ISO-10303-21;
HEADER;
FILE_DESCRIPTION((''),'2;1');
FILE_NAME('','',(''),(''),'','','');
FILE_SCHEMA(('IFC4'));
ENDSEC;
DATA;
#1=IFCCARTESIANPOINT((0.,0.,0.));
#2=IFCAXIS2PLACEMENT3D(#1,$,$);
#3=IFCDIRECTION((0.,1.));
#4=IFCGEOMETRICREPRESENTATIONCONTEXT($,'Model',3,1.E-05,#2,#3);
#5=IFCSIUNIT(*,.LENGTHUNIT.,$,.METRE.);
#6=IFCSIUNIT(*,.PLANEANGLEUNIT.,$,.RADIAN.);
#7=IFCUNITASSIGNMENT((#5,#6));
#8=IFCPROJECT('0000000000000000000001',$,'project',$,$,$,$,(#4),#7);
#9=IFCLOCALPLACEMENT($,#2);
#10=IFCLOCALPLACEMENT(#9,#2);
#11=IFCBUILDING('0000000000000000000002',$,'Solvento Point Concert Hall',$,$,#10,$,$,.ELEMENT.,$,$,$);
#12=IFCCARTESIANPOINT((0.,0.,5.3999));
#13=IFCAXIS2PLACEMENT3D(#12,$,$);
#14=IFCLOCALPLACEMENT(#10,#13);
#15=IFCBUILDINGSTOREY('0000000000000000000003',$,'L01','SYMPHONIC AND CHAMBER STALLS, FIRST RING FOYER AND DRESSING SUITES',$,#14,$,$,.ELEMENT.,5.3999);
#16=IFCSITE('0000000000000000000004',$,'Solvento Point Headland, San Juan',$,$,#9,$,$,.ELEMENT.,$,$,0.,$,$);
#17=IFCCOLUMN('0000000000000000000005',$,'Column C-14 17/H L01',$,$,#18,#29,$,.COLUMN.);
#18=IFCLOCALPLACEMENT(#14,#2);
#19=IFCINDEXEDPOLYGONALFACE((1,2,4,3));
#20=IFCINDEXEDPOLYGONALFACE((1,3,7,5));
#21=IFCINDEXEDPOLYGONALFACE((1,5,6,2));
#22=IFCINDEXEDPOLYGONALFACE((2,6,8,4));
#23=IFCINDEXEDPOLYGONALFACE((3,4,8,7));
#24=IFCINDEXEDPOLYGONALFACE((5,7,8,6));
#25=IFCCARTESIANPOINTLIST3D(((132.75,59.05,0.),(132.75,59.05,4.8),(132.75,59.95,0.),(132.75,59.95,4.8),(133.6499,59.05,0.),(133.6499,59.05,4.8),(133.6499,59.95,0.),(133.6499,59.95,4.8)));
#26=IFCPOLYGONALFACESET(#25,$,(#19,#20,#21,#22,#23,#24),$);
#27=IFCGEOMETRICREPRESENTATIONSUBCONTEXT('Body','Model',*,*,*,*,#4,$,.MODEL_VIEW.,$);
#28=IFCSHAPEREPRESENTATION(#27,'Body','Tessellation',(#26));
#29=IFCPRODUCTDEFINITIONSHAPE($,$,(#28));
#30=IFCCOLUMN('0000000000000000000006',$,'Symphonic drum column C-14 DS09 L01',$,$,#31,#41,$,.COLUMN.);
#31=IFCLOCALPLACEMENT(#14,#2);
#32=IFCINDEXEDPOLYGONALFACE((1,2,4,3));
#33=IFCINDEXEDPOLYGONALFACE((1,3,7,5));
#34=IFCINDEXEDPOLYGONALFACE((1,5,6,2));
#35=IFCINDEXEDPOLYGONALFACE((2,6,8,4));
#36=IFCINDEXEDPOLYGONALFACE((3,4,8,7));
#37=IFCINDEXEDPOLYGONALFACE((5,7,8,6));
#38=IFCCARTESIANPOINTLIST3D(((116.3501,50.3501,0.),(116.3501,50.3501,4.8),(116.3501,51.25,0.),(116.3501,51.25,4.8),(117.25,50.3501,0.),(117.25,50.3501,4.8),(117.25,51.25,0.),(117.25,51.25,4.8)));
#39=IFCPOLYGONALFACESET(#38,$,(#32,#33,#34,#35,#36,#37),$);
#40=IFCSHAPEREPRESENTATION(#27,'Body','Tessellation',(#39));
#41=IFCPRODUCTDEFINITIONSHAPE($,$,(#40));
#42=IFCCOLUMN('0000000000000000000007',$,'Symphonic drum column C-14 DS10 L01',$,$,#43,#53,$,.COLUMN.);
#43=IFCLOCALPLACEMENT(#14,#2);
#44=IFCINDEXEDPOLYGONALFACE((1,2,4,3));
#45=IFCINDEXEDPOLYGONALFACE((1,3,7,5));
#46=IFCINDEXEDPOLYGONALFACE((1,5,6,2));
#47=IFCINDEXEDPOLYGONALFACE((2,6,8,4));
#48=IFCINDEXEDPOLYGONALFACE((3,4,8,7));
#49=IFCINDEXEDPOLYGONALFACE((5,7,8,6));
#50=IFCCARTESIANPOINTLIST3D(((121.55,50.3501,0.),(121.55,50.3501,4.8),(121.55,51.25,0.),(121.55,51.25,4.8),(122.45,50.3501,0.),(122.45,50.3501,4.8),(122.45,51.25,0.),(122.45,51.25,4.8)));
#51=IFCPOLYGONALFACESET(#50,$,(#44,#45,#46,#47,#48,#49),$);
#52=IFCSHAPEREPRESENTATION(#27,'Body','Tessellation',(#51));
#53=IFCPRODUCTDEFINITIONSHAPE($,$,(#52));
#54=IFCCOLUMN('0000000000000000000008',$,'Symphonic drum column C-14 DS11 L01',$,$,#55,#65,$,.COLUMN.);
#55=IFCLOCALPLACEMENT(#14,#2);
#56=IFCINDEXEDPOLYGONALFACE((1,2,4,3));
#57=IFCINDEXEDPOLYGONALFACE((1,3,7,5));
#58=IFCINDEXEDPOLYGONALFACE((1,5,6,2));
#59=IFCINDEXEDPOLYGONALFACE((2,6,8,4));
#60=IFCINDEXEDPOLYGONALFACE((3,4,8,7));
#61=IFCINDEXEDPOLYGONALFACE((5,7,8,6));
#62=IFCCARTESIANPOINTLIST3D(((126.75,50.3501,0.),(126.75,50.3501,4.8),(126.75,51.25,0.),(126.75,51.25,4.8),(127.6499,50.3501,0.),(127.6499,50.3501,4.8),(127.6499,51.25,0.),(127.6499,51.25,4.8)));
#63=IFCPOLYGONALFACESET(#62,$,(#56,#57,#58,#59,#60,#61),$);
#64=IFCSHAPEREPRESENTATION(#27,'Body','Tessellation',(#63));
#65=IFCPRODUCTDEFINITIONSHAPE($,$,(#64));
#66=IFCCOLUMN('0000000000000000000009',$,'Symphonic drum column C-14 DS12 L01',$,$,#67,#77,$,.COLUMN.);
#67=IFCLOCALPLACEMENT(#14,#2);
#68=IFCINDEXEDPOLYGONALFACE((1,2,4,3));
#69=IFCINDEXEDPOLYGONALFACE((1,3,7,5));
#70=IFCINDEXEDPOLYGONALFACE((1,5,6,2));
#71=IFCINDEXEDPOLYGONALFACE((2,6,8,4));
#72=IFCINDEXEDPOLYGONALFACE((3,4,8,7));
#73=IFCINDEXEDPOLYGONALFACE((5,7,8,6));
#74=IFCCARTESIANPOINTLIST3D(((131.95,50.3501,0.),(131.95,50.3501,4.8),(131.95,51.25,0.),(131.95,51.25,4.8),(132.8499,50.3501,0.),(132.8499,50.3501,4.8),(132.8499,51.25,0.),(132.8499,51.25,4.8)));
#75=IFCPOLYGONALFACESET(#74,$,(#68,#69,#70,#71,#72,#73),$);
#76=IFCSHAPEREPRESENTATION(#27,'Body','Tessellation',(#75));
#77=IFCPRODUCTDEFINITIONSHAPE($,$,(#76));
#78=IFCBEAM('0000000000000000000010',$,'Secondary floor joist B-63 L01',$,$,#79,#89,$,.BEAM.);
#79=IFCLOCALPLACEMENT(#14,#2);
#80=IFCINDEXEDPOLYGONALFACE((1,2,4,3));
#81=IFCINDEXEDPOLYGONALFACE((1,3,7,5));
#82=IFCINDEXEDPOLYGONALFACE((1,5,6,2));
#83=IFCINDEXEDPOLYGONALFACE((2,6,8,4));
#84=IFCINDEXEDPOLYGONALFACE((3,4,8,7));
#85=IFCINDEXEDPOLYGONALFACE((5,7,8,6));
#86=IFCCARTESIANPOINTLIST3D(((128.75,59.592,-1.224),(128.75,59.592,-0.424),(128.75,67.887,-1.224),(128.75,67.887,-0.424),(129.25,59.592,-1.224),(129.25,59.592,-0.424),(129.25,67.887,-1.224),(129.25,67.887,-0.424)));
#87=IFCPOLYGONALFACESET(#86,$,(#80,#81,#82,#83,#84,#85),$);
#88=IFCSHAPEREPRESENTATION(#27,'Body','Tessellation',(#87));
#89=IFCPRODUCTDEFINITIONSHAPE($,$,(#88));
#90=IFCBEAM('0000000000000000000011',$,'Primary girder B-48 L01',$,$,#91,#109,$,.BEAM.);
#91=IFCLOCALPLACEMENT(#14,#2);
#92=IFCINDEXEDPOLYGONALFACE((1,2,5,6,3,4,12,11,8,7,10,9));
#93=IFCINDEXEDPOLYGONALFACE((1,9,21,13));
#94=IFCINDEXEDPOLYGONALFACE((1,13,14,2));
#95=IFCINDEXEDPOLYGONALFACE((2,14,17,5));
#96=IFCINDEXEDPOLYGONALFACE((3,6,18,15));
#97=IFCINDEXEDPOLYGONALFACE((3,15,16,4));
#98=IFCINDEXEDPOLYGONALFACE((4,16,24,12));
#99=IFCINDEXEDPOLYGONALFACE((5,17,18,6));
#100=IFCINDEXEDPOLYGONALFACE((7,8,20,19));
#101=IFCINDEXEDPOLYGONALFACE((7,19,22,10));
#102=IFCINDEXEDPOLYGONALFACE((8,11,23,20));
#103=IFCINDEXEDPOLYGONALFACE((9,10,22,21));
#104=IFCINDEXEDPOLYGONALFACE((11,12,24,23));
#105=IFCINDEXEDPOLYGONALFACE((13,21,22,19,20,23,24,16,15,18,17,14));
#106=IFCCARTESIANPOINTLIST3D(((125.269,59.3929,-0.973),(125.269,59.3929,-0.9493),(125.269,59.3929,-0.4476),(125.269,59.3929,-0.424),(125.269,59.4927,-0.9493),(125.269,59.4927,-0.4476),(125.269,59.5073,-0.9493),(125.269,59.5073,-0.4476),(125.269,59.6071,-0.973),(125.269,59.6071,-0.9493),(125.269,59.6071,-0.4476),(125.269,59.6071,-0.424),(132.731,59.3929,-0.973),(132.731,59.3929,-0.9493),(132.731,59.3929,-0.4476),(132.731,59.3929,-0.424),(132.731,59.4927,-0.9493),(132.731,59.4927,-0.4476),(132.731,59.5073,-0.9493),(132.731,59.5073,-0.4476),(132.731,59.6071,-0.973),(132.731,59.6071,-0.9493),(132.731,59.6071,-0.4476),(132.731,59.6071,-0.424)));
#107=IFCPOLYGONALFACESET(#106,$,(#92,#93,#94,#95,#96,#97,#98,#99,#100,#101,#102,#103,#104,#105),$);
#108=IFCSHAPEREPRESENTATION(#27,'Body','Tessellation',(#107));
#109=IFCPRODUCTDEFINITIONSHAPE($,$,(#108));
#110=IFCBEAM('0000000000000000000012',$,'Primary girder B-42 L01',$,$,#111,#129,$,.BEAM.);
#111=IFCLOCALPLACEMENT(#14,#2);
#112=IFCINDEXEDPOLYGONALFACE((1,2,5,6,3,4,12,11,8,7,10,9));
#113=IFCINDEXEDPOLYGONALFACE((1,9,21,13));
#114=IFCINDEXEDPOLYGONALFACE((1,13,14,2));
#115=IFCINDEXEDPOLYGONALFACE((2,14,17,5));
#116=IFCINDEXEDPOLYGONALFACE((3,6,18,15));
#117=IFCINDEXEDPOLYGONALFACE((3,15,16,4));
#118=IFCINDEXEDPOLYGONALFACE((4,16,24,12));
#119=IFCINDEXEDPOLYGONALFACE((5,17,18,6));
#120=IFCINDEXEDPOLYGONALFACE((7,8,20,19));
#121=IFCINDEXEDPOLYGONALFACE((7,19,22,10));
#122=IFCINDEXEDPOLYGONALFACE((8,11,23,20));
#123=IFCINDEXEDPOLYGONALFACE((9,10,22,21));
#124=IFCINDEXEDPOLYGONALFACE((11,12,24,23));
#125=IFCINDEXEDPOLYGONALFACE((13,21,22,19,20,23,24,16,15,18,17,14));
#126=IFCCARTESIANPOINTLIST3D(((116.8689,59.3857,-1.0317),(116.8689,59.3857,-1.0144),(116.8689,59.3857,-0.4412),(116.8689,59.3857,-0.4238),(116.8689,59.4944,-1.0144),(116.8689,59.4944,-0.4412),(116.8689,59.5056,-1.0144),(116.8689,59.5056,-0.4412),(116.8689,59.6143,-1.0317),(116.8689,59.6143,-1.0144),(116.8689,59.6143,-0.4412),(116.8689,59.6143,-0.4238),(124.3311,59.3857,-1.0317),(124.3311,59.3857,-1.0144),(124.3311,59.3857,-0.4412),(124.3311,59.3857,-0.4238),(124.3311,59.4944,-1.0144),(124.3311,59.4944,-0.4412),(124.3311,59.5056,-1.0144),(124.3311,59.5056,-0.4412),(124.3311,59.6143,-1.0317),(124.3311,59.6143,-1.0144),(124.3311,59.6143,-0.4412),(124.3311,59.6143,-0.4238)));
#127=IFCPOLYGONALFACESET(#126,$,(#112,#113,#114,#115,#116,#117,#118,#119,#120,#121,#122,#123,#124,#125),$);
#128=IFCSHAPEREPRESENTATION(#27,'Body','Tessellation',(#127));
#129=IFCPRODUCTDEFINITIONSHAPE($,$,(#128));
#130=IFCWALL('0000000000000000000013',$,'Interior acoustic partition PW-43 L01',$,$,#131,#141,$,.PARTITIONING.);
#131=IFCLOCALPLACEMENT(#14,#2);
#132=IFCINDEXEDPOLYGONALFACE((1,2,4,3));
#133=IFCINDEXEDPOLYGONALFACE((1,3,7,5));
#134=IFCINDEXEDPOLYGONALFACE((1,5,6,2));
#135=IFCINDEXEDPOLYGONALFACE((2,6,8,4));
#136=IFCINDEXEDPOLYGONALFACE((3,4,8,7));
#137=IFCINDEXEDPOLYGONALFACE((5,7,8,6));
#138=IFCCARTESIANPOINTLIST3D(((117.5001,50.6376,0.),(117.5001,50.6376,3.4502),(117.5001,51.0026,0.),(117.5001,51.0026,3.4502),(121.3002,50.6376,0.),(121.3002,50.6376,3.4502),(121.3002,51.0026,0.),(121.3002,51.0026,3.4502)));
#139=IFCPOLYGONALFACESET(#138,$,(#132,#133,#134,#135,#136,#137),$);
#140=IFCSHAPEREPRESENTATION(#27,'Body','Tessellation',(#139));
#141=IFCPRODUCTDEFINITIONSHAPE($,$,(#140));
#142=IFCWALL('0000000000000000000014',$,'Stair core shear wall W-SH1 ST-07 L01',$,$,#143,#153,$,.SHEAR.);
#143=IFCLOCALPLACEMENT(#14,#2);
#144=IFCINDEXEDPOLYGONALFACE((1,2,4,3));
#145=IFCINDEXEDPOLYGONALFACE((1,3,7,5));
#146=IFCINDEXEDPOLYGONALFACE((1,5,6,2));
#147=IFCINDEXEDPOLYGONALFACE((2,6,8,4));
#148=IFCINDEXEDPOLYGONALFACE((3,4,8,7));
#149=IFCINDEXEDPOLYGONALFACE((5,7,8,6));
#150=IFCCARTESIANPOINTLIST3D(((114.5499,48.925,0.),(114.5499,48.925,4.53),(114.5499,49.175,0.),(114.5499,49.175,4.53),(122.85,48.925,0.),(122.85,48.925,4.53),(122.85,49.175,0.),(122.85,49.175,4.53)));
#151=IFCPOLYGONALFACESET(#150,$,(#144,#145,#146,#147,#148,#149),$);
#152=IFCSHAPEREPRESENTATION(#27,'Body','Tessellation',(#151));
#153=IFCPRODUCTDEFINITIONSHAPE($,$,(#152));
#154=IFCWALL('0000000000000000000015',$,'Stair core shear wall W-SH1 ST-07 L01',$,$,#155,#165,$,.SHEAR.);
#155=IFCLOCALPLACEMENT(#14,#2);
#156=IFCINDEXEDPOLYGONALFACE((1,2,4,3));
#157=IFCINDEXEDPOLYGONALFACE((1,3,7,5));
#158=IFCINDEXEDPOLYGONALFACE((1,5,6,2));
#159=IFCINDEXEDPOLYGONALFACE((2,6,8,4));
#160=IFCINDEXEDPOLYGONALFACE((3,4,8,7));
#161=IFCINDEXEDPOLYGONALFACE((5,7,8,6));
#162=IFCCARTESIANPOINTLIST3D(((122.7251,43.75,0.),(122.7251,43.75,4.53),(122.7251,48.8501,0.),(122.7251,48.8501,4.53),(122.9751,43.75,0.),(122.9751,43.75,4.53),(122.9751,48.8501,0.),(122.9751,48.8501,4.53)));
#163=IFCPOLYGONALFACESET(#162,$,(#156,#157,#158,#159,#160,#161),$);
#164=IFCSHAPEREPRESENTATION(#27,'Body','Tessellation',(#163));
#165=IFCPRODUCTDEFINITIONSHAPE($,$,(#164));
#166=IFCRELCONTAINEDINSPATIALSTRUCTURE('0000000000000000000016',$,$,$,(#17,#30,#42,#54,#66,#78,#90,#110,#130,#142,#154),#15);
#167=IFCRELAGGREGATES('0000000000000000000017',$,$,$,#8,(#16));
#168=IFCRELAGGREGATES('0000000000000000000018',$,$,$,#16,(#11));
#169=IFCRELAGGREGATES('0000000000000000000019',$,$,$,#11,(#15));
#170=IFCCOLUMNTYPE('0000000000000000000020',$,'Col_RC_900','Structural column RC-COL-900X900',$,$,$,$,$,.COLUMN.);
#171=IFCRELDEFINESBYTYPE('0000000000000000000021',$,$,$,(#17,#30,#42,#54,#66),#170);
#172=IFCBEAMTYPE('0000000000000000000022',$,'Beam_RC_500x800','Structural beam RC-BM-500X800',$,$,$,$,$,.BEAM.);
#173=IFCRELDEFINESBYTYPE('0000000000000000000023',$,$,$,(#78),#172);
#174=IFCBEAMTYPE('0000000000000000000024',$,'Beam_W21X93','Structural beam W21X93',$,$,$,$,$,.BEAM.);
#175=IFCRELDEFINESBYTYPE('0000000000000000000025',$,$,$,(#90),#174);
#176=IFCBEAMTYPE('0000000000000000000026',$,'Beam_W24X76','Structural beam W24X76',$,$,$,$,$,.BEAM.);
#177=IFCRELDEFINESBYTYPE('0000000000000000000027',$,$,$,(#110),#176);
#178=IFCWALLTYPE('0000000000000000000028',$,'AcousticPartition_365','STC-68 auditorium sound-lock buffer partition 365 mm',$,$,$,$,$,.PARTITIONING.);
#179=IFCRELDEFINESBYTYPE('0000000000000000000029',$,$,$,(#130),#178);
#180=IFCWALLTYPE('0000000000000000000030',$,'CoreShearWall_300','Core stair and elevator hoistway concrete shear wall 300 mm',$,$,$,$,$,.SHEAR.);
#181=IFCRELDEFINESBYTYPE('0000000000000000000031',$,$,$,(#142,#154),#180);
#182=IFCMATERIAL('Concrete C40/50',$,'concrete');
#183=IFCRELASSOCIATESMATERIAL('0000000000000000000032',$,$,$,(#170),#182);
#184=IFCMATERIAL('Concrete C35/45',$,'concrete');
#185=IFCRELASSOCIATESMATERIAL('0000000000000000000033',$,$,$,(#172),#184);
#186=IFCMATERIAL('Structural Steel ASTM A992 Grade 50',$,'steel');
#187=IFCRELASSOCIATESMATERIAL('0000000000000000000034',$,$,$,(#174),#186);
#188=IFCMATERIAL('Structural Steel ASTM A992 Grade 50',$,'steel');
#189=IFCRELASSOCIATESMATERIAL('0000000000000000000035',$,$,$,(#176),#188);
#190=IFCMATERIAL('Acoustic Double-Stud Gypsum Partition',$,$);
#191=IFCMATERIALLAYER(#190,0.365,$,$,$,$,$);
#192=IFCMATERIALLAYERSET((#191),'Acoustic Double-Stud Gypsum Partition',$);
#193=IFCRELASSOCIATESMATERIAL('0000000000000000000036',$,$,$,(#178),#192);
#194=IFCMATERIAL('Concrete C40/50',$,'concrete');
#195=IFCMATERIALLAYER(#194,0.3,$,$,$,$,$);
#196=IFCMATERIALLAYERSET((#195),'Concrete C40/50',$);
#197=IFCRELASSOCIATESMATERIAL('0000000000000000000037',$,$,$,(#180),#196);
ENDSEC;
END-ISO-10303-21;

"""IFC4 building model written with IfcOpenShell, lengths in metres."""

from ifc_helpers import new_model, si_unit, direction, frame, frame_2d, origin, origin_2d, place, context, subcontext, project, spatial, rectangle, i_section, extrude, material, layer, layer_set, material_profile, profile_set, type_object, element, save


model = new_model("IFC4")

# Units and contexts
model_context = context("Model", 3, precision=1e-05, world=origin(), true_north=direction((0.0, 1.0)))
body_context = subcontext(model_context, "Body", "Model", "MODEL_VIEW")
ifc_project = project(units=[si_unit("LENGTHUNIT", "METRE"), si_unit("PLANEANGLEUNIT", "RADIAN")], contexts=[model_context])

# Site, building, storey
site_placement = place(None, origin())
site = spatial("IfcSite", under=ifc_project, at=site_placement, Name="Solvento Point Headland, San Juan", CompositionType="ELEMENT", RefElevation=0.0)
building_placement = place(site_placement, origin())
building = spatial("IfcBuilding", under=site, at=building_placement, Name="Solvento Point Concert Hall", CompositionType="ELEMENT")
storey_placement = place(building_placement, frame((0.0, 0.0, 5.3999)))
storey = spatial("IfcBuildingStorey", under=building, at=storey_placement, Name="L01", Description="SYMPHONIC AND CHAMBER STALLS, FIRST RING FOYER AND DRESSING SUITES", CompositionType="ELEMENT", Elevation=5.3999)

# Columns
ifc_material_1 = material(Name="Concrete C40/50", Category="concrete")
ifc_material_profile_1 = material_profile(ifc_material_1, rectangle(XDim=0.8999, YDim=0.8999, at=origin_2d()), Name="RC-COL-900X900")
ifc_profile_set_1 = profile_set([ifc_material_profile_1], Name="Concrete C40/50")
column_type = type_object("IfcColumnType", Name="Col_RC_900", Description="Structural column RC-COL-900X900", PredefinedType="COLUMN", material=ifc_profile_set_1)
for number, where, z_axis, x_axis, name in (
    (1, (133.2, 59.5, 0.0), (0.0, 0.0, 1.0), (1.0, 0.0, 0.0), "Column C-14 17/H L01"),
    (2, (116.8, 50.8, 0.0), (0.0, 0.0, 1.0), (1.0, 0.0, 0.0), "Symphonic drum column C-14 DS09 L01"),
    (3, (122.0, 50.8, 0.0), (0.0, 0.0, 1.0), (1.0, 0.0, 0.0), "Symphonic drum column C-14 DS10 L01"),
    (4, (127.2, 50.8, 0.0), (0.0, 0.0, 1.0), (1.0, 0.0, 0.0), "Symphonic drum column C-14 DS11 L01"),
    (5, (132.3999, 50.8, 0.0), (0.0, 0.0, 1.0), (1.0, 0.0, 0.0), "Symphonic drum column C-14 DS12 L01"),
):
    element("IfcColumn", number, at=place(storey_placement, frame(where, z_axis=z_axis, x_axis=x_axis)), inside=storey, type_object=column_type, Name=name, PredefinedType="COLUMN", context=body_context, shape_type="SweptSolid", body=[
        extrude(rectangle(XDim=0.8999, YDim=0.8999, at=origin_2d()), origin(), (0.0, 0.0, 1.0), 4.8),
    ])

# Beams
ifc_material_2 = material(Name="Concrete C35/45", Category="concrete")
ifc_material_profile_2 = material_profile(ifc_material_2, rectangle(XDim=0.5, YDim=0.8, at=origin_2d()), Name="RC-BM-500X800")
ifc_profile_set_2 = profile_set([ifc_material_profile_2], Name="Concrete C35/45")
beam_type_1 = type_object("IfcBeamType", Name="Beam_RC_500x800", Description="Structural beam RC-BM-500X800", PredefinedType="BEAM", material=ifc_profile_set_2)
beam_1_placement = place(storey_placement, frame((129.0, 59.592, -0.824), z_axis=(0.0, 1.0, 0.0), x_axis=(-1.0, 0.0, 0.0)))
element("IfcBeam", 6, at=beam_1_placement, inside=storey, type_object=beam_type_1, Name="Secondary floor joist B-63 L01", PredefinedType="BEAM", context=body_context, shape_type="SweptSolid", body=[
    extrude(rectangle(XDim=0.5, YDim=0.8, at=origin_2d()), origin(), (0.0, 0.0, 1.0), 8.2949),
])
ifc_material_3 = material(Name="Structural Steel ASTM A992 Grade 50", Category="steel")
ifc_material_profile_3 = material_profile(ifc_material_3, i_section(OverallWidth=0.2141, OverallDepth=0.5491, WebThickness=0.0146, FlangeThickness=0.0237, at=origin_2d()), Name="W21X93")
ifc_profile_set_3 = profile_set([ifc_material_profile_3], Name="Structural Steel ASTM A992 Grade 50")
beam_type_2 = type_object("IfcBeamType", Name="Beam_W21X93", Description="Structural beam W21X93", PredefinedType="BEAM", material=ifc_profile_set_3)
beam_2_placement = place(storey_placement, frame((125.269, 59.5, -0.6985), z_axis=(1.0, 0.0, 0.0), x_axis=(0.0, 1.0, 0.0)))
element("IfcBeam", 7, at=beam_2_placement, inside=storey, type_object=beam_type_2, Name="Primary girder B-48 L01", PredefinedType="BEAM", context=body_context, shape_type="SweptSolid", body=[
    extrude(i_section(OverallWidth=0.2141, OverallDepth=0.5491, WebThickness=0.0146, FlangeThickness=0.0237, at=origin_2d()), origin(), (0.0, 0.0, 1.0), 7.4619),
])
ifc_material_4 = material(Name="Structural Steel ASTM A992 Grade 50", Category="steel")
ifc_material_profile_4 = material_profile(ifc_material_4, i_section(OverallWidth=0.2285, OverallDepth=0.6079, WebThickness=0.0112, FlangeThickness=0.0173, at=origin_2d()), Name="W24X76")
ifc_profile_set_4 = profile_set([ifc_material_profile_4], Name="Structural Steel ASTM A992 Grade 50")
beam_type_3 = type_object("IfcBeamType", Name="Beam_W24X76", Description="Structural beam W24X76", PredefinedType="BEAM", material=ifc_profile_set_4)
beam_3_placement = place(storey_placement, frame((116.8689, 59.5, -0.7278), z_axis=(1.0, 0.0, 0.0), x_axis=(0.0, 1.0, 0.0)))
element("IfcBeam", 8, at=beam_3_placement, inside=storey, type_object=beam_type_3, Name="Primary girder B-42 L01", PredefinedType="BEAM", context=body_context, shape_type="SweptSolid", body=[
    extrude(i_section(OverallWidth=0.2285, OverallDepth=0.6079, WebThickness=0.0112, FlangeThickness=0.0173, at=origin_2d()), origin(), (0.0, 0.0, 1.0), 7.4622),
])

# Walls
ifc_material_5 = material(Name="Acoustic Double-Stud Gypsum Partition")
ifc_layer_1 = layer(ifc_material_5, 0.365)
ifc_layer_set_1 = layer_set([ifc_layer_1], Name="Acoustic Double-Stud Gypsum Partition")
wall_type_1 = type_object("IfcWallType", Name="AcousticPartition_365", Description="STC-68 auditorium sound-lock buffer partition 365 mm", PredefinedType="PARTITIONING", material=ifc_layer_set_1)
wall_1_placement = place(storey_placement, frame((121.3, 50.8201, 0.0), z_axis=(0.0, 0.0, 1.0), x_axis=(-1.0, 0.0, 0.0)))
element("IfcWall", 9, at=wall_1_placement, inside=storey, type_object=wall_type_1, Name="Interior acoustic partition PW-43 L01", PredefinedType="PARTITIONING", context=body_context, shape_type="SweptSolid", body=[
    extrude(rectangle(XDim=3.8, YDim=0.365, at=frame_2d((1.8999, 0.0))), origin(), (0.0, 0.0, 1.0), 3.4502),
])
ifc_material_6 = material(Name="Concrete C40/50", Category="concrete")
ifc_layer_2 = layer(ifc_material_6, 0.3)
ifc_layer_set_2 = layer_set([ifc_layer_2], Name="Concrete C40/50")
wall_type_2 = type_object("IfcWallType", Name="CoreShearWall_300", Description="Core stair and elevator hoistway concrete shear wall 300 mm", PredefinedType="SHEAR", material=ifc_layer_set_2)
wall_2_placement = place(storey_placement, frame((114.55, 49.05, 0.0), z_axis=(0.0, 0.0, 1.0), x_axis=(1.0, 0.0, 0.0)))
element("IfcWall", 10, at=wall_2_placement, inside=storey, type_object=wall_type_2, Name="Stair core shear wall W-SH1 ST-07 L01", PredefinedType="SHEAR", context=body_context, shape_type="SweptSolid", body=[
    extrude(rectangle(XDim=8.3, YDim=0.25, at=frame_2d((4.1499, 0.0))), origin(), (0.0, 0.0, 1.0), 4.53),
])
wall_3_placement = place(storey_placement, frame((122.8501, 48.8501, 0.0), z_axis=(0.0, 0.0, 1.0), x_axis=(0.0, -1.0, 0.0)))
element("IfcWall", 11, at=wall_3_placement, inside=storey, type_object=wall_type_2, Name="Stair core shear wall W-SH1 ST-07 L01", PredefinedType="SHEAR", context=body_context, shape_type="SweptSolid", body=[
    extrude(rectangle(XDim=5.1001, YDim=0.25, at=frame_2d((2.55, 0.0))), origin(), (0.0, 0.0, 1.0), 4.53),
])

save(model, "model.ifc")
